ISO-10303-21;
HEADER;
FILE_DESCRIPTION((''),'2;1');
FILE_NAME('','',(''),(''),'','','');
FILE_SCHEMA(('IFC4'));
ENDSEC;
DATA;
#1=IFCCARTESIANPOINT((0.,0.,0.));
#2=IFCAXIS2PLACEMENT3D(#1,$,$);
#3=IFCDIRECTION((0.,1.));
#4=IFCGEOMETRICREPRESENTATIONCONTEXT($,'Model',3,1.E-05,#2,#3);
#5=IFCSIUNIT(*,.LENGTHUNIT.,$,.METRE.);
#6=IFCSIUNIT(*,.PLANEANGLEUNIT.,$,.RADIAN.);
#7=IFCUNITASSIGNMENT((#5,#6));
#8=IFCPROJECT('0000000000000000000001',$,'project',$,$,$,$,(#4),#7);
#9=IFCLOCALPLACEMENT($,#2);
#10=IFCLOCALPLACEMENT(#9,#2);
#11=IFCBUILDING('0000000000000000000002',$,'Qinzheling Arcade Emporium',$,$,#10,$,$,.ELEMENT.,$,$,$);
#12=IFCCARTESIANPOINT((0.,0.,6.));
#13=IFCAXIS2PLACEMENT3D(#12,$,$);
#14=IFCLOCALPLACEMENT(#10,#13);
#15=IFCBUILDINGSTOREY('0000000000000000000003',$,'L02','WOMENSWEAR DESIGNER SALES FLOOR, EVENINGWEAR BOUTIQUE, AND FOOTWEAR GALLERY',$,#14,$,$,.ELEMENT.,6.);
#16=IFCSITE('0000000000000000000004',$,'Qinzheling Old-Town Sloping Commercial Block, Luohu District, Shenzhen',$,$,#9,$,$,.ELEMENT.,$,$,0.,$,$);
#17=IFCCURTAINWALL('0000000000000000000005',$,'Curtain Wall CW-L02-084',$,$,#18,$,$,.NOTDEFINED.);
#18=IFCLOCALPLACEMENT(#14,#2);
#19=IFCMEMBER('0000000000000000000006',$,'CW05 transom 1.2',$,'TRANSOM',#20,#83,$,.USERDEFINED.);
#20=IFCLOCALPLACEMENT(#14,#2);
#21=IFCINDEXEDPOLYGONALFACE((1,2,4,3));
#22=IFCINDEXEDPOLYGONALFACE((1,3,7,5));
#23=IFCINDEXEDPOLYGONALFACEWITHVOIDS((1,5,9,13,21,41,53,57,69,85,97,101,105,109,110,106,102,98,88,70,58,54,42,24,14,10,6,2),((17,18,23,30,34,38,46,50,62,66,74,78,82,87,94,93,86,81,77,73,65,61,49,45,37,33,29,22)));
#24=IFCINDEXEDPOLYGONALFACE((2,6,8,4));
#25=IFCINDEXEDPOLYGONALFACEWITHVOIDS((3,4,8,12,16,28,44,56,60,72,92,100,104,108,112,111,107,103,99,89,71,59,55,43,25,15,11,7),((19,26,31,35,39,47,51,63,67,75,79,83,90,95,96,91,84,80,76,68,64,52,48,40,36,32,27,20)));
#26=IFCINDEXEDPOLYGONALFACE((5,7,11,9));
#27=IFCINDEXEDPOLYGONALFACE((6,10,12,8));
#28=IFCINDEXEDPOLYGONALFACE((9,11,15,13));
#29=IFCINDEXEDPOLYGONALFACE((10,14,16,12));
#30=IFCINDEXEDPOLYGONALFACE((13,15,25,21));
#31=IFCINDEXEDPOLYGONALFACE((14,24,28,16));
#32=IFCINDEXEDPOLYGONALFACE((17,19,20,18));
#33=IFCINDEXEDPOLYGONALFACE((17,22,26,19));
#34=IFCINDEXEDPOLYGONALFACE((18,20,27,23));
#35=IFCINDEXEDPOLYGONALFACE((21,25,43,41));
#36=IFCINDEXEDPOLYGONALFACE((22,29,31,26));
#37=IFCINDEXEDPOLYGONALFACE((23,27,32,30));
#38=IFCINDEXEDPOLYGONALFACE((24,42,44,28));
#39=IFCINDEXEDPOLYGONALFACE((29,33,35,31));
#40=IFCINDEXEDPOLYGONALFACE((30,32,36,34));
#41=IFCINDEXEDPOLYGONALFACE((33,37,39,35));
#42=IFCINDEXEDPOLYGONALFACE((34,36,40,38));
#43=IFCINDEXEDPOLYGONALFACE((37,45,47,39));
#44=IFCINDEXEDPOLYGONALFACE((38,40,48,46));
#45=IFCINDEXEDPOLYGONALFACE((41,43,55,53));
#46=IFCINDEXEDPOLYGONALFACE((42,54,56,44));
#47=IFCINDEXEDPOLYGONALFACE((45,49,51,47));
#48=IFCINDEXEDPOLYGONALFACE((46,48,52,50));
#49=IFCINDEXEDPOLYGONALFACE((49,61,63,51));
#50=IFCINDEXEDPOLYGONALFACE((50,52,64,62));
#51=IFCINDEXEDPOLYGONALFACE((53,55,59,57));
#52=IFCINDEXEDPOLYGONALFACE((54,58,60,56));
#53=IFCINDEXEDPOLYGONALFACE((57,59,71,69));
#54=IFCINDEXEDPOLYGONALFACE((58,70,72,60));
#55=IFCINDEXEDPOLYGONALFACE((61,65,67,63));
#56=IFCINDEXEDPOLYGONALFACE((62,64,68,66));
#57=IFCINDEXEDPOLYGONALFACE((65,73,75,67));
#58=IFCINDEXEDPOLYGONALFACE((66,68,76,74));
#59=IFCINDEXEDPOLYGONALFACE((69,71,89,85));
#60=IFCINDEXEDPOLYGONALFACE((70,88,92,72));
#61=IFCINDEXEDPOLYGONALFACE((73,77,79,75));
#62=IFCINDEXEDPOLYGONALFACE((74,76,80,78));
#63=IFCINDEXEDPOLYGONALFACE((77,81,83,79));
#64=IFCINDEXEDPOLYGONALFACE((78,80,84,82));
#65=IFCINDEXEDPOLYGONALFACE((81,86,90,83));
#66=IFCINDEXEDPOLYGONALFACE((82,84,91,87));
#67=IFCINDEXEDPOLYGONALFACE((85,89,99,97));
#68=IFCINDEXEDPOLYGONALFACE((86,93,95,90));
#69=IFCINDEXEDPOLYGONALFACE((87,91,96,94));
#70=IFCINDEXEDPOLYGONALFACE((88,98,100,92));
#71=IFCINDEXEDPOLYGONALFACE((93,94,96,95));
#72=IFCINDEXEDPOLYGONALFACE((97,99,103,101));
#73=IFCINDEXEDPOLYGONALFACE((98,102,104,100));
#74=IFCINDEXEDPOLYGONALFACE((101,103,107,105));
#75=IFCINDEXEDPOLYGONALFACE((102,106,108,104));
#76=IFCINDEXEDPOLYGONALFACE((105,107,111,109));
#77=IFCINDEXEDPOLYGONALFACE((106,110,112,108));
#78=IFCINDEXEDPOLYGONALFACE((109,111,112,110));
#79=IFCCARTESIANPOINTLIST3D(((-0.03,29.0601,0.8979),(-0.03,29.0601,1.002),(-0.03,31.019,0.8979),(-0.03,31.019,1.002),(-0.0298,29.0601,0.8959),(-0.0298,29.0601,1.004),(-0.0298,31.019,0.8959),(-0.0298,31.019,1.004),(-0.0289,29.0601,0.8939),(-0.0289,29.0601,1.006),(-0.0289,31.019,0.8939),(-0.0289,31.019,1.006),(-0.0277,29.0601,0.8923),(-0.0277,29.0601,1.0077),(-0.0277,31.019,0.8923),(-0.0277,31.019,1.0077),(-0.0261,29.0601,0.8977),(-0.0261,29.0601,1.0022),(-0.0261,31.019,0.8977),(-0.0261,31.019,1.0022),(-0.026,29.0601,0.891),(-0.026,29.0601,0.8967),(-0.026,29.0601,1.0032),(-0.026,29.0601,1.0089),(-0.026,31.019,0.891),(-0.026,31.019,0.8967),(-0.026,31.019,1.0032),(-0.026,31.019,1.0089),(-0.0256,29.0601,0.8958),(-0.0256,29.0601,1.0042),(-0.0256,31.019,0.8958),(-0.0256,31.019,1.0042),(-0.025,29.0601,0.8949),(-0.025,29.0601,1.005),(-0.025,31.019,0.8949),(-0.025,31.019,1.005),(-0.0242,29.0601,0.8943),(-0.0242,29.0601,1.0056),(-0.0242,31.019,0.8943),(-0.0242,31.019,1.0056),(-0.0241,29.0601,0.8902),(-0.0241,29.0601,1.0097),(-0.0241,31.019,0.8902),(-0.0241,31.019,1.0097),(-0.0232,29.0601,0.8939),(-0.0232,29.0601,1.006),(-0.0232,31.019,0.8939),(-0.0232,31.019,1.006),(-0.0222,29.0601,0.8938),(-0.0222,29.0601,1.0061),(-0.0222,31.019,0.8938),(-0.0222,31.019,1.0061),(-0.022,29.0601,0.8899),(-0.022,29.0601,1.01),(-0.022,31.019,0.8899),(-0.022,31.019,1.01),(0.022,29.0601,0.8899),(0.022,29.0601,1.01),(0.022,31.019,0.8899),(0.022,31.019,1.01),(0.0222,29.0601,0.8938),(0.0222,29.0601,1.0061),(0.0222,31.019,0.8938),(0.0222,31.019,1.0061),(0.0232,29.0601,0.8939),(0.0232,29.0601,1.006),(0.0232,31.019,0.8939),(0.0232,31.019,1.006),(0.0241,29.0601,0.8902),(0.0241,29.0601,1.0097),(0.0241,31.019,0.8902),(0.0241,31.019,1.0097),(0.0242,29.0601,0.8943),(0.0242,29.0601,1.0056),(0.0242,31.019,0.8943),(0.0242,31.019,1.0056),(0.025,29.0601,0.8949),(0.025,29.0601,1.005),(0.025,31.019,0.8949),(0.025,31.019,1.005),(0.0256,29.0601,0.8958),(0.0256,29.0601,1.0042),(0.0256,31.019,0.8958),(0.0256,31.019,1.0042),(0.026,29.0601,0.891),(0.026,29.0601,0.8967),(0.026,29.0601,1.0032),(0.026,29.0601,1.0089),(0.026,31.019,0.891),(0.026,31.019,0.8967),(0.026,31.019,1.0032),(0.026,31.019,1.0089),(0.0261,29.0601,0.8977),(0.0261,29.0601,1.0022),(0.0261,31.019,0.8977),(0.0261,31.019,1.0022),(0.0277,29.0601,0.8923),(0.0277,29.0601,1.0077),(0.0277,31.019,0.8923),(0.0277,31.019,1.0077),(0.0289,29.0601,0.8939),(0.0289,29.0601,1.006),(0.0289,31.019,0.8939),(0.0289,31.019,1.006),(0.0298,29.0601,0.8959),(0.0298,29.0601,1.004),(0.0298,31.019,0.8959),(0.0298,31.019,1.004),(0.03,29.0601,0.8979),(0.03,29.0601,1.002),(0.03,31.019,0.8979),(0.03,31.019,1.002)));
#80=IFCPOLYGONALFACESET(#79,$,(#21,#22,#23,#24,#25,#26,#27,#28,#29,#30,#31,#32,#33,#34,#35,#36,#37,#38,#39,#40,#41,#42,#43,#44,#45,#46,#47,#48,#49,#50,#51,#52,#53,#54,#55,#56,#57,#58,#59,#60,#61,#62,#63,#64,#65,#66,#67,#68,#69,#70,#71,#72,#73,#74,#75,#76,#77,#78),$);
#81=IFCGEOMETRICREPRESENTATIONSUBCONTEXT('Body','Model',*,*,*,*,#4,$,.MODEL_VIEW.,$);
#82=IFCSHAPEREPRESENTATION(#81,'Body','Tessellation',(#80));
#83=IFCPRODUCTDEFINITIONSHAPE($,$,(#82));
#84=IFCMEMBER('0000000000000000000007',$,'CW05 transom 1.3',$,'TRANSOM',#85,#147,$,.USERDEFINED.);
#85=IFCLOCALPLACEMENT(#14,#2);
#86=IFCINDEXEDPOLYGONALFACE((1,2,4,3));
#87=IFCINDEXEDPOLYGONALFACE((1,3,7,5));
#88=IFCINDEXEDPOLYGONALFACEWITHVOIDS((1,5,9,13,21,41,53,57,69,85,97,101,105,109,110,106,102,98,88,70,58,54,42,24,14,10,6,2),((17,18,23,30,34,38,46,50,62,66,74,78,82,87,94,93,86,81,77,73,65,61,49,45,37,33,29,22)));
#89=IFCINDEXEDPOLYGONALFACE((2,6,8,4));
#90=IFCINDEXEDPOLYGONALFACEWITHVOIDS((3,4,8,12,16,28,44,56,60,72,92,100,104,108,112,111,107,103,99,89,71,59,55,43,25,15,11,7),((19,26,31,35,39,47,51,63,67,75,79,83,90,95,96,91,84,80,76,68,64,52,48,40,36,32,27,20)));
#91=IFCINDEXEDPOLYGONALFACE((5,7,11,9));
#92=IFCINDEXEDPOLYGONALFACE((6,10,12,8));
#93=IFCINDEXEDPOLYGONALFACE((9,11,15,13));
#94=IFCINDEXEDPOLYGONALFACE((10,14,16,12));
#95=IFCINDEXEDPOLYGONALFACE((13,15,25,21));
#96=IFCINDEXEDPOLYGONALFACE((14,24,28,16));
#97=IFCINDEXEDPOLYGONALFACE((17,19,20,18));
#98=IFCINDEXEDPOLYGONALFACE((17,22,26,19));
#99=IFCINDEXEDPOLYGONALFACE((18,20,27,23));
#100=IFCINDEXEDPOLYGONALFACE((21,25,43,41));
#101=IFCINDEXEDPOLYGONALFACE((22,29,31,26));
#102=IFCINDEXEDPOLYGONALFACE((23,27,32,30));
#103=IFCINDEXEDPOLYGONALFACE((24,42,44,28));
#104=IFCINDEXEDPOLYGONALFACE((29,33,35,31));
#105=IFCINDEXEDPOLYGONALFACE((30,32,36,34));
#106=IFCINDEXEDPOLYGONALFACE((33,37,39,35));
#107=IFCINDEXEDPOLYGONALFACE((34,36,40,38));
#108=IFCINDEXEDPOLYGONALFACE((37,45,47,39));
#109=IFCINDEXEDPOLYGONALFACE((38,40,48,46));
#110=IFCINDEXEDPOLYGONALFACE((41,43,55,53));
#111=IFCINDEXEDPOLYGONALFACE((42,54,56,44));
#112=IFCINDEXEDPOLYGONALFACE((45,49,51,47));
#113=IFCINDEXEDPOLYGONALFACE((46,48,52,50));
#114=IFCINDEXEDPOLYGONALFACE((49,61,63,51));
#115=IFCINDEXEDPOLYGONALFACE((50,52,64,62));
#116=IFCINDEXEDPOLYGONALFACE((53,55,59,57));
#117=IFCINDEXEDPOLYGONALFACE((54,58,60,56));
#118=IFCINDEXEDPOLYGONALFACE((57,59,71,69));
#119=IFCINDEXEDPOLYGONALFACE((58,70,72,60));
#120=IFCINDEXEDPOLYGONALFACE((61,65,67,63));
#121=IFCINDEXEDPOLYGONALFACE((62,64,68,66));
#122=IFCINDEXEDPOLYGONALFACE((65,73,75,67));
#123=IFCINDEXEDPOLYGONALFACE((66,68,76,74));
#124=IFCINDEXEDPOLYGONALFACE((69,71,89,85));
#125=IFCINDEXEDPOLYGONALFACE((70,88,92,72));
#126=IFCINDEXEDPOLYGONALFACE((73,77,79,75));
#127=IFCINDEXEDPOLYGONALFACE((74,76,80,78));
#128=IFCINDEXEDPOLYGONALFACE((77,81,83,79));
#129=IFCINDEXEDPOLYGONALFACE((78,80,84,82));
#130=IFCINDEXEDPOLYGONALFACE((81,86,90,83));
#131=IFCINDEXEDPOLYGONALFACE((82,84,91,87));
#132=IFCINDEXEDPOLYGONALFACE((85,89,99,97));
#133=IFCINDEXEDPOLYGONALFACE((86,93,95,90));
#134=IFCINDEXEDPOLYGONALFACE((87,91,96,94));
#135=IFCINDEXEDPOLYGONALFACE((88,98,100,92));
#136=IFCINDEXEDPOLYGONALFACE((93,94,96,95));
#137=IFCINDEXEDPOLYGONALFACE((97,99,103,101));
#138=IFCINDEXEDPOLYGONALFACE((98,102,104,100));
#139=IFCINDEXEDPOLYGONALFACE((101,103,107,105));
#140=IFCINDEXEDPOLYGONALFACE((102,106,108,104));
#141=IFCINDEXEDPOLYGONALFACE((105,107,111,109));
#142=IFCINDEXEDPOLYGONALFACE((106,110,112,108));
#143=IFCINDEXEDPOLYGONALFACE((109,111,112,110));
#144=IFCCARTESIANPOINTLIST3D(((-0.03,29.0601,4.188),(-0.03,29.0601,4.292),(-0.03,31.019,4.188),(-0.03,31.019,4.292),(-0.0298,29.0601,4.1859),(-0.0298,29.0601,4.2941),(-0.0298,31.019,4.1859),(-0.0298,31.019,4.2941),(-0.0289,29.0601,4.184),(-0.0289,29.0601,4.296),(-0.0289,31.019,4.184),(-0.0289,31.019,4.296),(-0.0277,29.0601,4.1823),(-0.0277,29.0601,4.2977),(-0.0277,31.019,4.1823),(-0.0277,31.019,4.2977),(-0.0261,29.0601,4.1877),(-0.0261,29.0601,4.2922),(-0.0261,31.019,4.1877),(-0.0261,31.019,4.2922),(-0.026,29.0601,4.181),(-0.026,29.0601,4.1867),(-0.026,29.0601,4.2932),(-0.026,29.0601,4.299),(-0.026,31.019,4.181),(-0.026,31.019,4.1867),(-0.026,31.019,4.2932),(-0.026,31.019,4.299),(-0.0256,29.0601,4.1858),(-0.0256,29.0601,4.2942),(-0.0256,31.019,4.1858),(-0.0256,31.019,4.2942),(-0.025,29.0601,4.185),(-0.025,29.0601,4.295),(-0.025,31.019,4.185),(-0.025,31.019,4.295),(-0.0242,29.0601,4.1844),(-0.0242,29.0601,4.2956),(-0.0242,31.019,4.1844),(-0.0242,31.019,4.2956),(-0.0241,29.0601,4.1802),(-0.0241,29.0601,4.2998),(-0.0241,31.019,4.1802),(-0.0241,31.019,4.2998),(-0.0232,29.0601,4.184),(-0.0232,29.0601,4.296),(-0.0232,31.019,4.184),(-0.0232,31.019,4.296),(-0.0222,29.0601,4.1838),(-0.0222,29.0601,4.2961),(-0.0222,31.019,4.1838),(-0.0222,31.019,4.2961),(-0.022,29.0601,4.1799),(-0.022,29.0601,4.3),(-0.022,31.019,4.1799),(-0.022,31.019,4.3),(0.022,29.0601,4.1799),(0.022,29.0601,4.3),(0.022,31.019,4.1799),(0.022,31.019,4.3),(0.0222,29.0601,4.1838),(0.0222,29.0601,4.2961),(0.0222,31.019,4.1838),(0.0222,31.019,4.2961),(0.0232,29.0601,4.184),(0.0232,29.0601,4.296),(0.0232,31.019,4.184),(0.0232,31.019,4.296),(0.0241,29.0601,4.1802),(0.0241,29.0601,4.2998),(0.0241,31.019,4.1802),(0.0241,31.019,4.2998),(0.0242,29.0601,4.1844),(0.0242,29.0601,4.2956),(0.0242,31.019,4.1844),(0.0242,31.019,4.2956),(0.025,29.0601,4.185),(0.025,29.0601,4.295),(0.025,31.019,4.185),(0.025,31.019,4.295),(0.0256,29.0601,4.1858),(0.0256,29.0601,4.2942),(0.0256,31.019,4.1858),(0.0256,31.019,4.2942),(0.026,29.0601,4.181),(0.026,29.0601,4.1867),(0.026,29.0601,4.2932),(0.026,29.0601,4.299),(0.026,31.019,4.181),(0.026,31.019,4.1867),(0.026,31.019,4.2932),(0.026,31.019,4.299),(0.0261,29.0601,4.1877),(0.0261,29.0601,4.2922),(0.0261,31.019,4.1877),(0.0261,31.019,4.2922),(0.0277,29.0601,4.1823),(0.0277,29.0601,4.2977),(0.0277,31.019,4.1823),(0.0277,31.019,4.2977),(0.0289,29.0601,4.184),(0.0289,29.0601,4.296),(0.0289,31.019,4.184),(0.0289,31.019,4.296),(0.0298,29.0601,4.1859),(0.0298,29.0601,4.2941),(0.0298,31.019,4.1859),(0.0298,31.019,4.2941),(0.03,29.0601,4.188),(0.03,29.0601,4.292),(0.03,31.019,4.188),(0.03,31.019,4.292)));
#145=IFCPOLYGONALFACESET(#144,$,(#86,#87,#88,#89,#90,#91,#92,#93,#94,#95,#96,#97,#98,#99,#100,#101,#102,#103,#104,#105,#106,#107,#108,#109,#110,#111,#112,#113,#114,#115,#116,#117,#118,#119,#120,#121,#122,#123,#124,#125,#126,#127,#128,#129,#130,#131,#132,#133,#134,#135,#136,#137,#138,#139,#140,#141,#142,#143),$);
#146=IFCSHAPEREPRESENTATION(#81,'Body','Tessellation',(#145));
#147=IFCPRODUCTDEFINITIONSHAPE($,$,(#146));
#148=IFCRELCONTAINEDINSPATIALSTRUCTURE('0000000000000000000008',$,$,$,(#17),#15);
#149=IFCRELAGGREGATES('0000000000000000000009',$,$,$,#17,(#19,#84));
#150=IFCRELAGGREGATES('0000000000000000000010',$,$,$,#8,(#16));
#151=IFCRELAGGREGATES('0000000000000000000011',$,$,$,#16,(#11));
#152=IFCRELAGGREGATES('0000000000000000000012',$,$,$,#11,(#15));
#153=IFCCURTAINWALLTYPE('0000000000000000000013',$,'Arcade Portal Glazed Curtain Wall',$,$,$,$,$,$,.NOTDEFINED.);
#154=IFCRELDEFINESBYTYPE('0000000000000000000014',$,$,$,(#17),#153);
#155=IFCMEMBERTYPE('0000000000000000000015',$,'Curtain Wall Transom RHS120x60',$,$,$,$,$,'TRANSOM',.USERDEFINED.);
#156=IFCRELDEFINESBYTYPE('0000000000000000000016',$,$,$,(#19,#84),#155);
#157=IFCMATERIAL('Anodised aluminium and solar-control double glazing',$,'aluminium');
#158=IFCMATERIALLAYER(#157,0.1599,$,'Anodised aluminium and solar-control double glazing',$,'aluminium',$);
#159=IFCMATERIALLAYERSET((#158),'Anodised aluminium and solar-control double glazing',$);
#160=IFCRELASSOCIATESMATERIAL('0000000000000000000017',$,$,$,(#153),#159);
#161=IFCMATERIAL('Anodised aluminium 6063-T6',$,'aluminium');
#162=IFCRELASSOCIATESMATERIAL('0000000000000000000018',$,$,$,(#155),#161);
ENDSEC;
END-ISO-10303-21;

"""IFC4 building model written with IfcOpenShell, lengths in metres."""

from ifc_helpers import new_model, si_unit, direction, frame, origin, origin_2d, place, context, subcontext, project, spatial, hollow_rectangle, extrude, material, layer, layer_set, material_profile, profile_set, type_object, element, aggregate, save


model = new_model("IFC4")

# Units and contexts
model_context = context("Model", 3, precision=1e-05, world=origin(), true_north=direction((0.0, 1.0)))
body_context = subcontext(model_context, "Body", "Model", "MODEL_VIEW")
ifc_project = project(units=[si_unit("LENGTHUNIT", "METRE"), si_unit("PLANEANGLEUNIT", "RADIAN")], contexts=[model_context])

# Site, building, storey
site_placement = place(None, origin())
site = spatial("IfcSite", under=ifc_project, at=site_placement, Name="Qinzheling Old-Town Sloping Commercial Block, Luohu District, Shenzhen", CompositionType="ELEMENT", RefElevation=0.0)
building_placement = place(site_placement, origin())
building = spatial("IfcBuilding", under=site, at=building_placement, Name="Qinzheling Arcade Emporium", CompositionType="ELEMENT")
storey_placement = place(building_placement, frame((0.0, 0.0, 6.0)))
storey = spatial("IfcBuildingStorey", under=building, at=storey_placement, Name="L02", Description="WOMENSWEAR DESIGNER SALES FLOOR, EVENINGWEAR BOUTIQUE, AND FOOTWEAR GALLERY", CompositionType="ELEMENT", Elevation=6.0)

# Shared definitions
ifc_material_1 = material(Name="Anodised aluminium and solar-control double glazing", Category="aluminium")
ifc_layer_1 = layer(ifc_material_1, 0.1599, Name="Anodised aluminium and solar-control double glazing", Category="aluminium")
ifc_layer_set_1 = layer_set([ifc_layer_1], Name="Anodised aluminium and solar-control double glazing")
curtain_wall_type = type_object("IfcCurtainWallType", Name="Arcade Portal Glazed Curtain Wall", PredefinedType="NOTDEFINED", material=ifc_layer_set_1)
ifc_material_2 = material(Name="Anodised aluminium 6063-T6", Category="aluminium")

# Curtain wall
curtain_wall_1_placement = place(storey_placement, origin())
curtain_wall_1 = element("IfcCurtainWall", 1, at=curtain_wall_1_placement, inside=storey, type_object=curtain_wall_type, Name="Curtain Wall CW-L02-084", PredefinedType="NOTDEFINED")

# Members
ifc_material_profile_1 = material_profile(ifc_material_2, hollow_rectangle(XDim=0.0601, YDim=0.1201, WallThickness=0.0039, InnerFilletRadius=0.0039, OuterFilletRadius=0.0081, at=origin_2d()), Name="RHS 120x60x4", Category="aluminium")
ifc_profile_set_1 = profile_set([ifc_material_profile_1], Name="Anodised aluminium 6063-T6")
member_type_1 = type_object("IfcMemberType", Name="Curtain Wall Transom RHS120x60", ElementType="TRANSOM", PredefinedType="USERDEFINED", material=ifc_profile_set_1)
member_1_placement = place(storey_placement, frame((0.0, 29.0601, 0.95), z_axis=(0.0, 1.0, 0.0), x_axis=(-1.0, 0.0, 0.0)))
member_1 = element("IfcMember", 2, at=member_1_placement, type_object=member_type_1, Name="CW05 transom 1.2", ObjectType="TRANSOM", PredefinedType="USERDEFINED", context=body_context, shape_type="SweptSolid", body=[
    extrude(hollow_rectangle(XDim=0.0601, YDim=0.1201, WallThickness=0.0039, InnerFilletRadius=0.0039, OuterFilletRadius=0.0081, at=origin_2d()), origin(), (0.0, 0.0, 1.0), 1.959),
])
member_2_placement = place(storey_placement, frame((0.0, 29.0601, 4.24), z_axis=(0.0, 1.0, 0.0), x_axis=(-1.0, 0.0, 0.0)))
member_2 = element("IfcMember", 3, at=member_2_placement, type_object=member_type_1, Name="CW05 transom 1.3", ObjectType="TRANSOM", PredefinedType="USERDEFINED", context=body_context, shape_type="SweptSolid", body=[
    extrude(hollow_rectangle(XDim=0.0601, YDim=0.1201, WallThickness=0.0039, InnerFilletRadius=0.0039, OuterFilletRadius=0.0081, at=origin_2d()), origin(), (0.0, 0.0, 1.0), 1.959),
])
aggregate(curtain_wall_1, [member_1, member_2])

save(model, "model.ifc")
